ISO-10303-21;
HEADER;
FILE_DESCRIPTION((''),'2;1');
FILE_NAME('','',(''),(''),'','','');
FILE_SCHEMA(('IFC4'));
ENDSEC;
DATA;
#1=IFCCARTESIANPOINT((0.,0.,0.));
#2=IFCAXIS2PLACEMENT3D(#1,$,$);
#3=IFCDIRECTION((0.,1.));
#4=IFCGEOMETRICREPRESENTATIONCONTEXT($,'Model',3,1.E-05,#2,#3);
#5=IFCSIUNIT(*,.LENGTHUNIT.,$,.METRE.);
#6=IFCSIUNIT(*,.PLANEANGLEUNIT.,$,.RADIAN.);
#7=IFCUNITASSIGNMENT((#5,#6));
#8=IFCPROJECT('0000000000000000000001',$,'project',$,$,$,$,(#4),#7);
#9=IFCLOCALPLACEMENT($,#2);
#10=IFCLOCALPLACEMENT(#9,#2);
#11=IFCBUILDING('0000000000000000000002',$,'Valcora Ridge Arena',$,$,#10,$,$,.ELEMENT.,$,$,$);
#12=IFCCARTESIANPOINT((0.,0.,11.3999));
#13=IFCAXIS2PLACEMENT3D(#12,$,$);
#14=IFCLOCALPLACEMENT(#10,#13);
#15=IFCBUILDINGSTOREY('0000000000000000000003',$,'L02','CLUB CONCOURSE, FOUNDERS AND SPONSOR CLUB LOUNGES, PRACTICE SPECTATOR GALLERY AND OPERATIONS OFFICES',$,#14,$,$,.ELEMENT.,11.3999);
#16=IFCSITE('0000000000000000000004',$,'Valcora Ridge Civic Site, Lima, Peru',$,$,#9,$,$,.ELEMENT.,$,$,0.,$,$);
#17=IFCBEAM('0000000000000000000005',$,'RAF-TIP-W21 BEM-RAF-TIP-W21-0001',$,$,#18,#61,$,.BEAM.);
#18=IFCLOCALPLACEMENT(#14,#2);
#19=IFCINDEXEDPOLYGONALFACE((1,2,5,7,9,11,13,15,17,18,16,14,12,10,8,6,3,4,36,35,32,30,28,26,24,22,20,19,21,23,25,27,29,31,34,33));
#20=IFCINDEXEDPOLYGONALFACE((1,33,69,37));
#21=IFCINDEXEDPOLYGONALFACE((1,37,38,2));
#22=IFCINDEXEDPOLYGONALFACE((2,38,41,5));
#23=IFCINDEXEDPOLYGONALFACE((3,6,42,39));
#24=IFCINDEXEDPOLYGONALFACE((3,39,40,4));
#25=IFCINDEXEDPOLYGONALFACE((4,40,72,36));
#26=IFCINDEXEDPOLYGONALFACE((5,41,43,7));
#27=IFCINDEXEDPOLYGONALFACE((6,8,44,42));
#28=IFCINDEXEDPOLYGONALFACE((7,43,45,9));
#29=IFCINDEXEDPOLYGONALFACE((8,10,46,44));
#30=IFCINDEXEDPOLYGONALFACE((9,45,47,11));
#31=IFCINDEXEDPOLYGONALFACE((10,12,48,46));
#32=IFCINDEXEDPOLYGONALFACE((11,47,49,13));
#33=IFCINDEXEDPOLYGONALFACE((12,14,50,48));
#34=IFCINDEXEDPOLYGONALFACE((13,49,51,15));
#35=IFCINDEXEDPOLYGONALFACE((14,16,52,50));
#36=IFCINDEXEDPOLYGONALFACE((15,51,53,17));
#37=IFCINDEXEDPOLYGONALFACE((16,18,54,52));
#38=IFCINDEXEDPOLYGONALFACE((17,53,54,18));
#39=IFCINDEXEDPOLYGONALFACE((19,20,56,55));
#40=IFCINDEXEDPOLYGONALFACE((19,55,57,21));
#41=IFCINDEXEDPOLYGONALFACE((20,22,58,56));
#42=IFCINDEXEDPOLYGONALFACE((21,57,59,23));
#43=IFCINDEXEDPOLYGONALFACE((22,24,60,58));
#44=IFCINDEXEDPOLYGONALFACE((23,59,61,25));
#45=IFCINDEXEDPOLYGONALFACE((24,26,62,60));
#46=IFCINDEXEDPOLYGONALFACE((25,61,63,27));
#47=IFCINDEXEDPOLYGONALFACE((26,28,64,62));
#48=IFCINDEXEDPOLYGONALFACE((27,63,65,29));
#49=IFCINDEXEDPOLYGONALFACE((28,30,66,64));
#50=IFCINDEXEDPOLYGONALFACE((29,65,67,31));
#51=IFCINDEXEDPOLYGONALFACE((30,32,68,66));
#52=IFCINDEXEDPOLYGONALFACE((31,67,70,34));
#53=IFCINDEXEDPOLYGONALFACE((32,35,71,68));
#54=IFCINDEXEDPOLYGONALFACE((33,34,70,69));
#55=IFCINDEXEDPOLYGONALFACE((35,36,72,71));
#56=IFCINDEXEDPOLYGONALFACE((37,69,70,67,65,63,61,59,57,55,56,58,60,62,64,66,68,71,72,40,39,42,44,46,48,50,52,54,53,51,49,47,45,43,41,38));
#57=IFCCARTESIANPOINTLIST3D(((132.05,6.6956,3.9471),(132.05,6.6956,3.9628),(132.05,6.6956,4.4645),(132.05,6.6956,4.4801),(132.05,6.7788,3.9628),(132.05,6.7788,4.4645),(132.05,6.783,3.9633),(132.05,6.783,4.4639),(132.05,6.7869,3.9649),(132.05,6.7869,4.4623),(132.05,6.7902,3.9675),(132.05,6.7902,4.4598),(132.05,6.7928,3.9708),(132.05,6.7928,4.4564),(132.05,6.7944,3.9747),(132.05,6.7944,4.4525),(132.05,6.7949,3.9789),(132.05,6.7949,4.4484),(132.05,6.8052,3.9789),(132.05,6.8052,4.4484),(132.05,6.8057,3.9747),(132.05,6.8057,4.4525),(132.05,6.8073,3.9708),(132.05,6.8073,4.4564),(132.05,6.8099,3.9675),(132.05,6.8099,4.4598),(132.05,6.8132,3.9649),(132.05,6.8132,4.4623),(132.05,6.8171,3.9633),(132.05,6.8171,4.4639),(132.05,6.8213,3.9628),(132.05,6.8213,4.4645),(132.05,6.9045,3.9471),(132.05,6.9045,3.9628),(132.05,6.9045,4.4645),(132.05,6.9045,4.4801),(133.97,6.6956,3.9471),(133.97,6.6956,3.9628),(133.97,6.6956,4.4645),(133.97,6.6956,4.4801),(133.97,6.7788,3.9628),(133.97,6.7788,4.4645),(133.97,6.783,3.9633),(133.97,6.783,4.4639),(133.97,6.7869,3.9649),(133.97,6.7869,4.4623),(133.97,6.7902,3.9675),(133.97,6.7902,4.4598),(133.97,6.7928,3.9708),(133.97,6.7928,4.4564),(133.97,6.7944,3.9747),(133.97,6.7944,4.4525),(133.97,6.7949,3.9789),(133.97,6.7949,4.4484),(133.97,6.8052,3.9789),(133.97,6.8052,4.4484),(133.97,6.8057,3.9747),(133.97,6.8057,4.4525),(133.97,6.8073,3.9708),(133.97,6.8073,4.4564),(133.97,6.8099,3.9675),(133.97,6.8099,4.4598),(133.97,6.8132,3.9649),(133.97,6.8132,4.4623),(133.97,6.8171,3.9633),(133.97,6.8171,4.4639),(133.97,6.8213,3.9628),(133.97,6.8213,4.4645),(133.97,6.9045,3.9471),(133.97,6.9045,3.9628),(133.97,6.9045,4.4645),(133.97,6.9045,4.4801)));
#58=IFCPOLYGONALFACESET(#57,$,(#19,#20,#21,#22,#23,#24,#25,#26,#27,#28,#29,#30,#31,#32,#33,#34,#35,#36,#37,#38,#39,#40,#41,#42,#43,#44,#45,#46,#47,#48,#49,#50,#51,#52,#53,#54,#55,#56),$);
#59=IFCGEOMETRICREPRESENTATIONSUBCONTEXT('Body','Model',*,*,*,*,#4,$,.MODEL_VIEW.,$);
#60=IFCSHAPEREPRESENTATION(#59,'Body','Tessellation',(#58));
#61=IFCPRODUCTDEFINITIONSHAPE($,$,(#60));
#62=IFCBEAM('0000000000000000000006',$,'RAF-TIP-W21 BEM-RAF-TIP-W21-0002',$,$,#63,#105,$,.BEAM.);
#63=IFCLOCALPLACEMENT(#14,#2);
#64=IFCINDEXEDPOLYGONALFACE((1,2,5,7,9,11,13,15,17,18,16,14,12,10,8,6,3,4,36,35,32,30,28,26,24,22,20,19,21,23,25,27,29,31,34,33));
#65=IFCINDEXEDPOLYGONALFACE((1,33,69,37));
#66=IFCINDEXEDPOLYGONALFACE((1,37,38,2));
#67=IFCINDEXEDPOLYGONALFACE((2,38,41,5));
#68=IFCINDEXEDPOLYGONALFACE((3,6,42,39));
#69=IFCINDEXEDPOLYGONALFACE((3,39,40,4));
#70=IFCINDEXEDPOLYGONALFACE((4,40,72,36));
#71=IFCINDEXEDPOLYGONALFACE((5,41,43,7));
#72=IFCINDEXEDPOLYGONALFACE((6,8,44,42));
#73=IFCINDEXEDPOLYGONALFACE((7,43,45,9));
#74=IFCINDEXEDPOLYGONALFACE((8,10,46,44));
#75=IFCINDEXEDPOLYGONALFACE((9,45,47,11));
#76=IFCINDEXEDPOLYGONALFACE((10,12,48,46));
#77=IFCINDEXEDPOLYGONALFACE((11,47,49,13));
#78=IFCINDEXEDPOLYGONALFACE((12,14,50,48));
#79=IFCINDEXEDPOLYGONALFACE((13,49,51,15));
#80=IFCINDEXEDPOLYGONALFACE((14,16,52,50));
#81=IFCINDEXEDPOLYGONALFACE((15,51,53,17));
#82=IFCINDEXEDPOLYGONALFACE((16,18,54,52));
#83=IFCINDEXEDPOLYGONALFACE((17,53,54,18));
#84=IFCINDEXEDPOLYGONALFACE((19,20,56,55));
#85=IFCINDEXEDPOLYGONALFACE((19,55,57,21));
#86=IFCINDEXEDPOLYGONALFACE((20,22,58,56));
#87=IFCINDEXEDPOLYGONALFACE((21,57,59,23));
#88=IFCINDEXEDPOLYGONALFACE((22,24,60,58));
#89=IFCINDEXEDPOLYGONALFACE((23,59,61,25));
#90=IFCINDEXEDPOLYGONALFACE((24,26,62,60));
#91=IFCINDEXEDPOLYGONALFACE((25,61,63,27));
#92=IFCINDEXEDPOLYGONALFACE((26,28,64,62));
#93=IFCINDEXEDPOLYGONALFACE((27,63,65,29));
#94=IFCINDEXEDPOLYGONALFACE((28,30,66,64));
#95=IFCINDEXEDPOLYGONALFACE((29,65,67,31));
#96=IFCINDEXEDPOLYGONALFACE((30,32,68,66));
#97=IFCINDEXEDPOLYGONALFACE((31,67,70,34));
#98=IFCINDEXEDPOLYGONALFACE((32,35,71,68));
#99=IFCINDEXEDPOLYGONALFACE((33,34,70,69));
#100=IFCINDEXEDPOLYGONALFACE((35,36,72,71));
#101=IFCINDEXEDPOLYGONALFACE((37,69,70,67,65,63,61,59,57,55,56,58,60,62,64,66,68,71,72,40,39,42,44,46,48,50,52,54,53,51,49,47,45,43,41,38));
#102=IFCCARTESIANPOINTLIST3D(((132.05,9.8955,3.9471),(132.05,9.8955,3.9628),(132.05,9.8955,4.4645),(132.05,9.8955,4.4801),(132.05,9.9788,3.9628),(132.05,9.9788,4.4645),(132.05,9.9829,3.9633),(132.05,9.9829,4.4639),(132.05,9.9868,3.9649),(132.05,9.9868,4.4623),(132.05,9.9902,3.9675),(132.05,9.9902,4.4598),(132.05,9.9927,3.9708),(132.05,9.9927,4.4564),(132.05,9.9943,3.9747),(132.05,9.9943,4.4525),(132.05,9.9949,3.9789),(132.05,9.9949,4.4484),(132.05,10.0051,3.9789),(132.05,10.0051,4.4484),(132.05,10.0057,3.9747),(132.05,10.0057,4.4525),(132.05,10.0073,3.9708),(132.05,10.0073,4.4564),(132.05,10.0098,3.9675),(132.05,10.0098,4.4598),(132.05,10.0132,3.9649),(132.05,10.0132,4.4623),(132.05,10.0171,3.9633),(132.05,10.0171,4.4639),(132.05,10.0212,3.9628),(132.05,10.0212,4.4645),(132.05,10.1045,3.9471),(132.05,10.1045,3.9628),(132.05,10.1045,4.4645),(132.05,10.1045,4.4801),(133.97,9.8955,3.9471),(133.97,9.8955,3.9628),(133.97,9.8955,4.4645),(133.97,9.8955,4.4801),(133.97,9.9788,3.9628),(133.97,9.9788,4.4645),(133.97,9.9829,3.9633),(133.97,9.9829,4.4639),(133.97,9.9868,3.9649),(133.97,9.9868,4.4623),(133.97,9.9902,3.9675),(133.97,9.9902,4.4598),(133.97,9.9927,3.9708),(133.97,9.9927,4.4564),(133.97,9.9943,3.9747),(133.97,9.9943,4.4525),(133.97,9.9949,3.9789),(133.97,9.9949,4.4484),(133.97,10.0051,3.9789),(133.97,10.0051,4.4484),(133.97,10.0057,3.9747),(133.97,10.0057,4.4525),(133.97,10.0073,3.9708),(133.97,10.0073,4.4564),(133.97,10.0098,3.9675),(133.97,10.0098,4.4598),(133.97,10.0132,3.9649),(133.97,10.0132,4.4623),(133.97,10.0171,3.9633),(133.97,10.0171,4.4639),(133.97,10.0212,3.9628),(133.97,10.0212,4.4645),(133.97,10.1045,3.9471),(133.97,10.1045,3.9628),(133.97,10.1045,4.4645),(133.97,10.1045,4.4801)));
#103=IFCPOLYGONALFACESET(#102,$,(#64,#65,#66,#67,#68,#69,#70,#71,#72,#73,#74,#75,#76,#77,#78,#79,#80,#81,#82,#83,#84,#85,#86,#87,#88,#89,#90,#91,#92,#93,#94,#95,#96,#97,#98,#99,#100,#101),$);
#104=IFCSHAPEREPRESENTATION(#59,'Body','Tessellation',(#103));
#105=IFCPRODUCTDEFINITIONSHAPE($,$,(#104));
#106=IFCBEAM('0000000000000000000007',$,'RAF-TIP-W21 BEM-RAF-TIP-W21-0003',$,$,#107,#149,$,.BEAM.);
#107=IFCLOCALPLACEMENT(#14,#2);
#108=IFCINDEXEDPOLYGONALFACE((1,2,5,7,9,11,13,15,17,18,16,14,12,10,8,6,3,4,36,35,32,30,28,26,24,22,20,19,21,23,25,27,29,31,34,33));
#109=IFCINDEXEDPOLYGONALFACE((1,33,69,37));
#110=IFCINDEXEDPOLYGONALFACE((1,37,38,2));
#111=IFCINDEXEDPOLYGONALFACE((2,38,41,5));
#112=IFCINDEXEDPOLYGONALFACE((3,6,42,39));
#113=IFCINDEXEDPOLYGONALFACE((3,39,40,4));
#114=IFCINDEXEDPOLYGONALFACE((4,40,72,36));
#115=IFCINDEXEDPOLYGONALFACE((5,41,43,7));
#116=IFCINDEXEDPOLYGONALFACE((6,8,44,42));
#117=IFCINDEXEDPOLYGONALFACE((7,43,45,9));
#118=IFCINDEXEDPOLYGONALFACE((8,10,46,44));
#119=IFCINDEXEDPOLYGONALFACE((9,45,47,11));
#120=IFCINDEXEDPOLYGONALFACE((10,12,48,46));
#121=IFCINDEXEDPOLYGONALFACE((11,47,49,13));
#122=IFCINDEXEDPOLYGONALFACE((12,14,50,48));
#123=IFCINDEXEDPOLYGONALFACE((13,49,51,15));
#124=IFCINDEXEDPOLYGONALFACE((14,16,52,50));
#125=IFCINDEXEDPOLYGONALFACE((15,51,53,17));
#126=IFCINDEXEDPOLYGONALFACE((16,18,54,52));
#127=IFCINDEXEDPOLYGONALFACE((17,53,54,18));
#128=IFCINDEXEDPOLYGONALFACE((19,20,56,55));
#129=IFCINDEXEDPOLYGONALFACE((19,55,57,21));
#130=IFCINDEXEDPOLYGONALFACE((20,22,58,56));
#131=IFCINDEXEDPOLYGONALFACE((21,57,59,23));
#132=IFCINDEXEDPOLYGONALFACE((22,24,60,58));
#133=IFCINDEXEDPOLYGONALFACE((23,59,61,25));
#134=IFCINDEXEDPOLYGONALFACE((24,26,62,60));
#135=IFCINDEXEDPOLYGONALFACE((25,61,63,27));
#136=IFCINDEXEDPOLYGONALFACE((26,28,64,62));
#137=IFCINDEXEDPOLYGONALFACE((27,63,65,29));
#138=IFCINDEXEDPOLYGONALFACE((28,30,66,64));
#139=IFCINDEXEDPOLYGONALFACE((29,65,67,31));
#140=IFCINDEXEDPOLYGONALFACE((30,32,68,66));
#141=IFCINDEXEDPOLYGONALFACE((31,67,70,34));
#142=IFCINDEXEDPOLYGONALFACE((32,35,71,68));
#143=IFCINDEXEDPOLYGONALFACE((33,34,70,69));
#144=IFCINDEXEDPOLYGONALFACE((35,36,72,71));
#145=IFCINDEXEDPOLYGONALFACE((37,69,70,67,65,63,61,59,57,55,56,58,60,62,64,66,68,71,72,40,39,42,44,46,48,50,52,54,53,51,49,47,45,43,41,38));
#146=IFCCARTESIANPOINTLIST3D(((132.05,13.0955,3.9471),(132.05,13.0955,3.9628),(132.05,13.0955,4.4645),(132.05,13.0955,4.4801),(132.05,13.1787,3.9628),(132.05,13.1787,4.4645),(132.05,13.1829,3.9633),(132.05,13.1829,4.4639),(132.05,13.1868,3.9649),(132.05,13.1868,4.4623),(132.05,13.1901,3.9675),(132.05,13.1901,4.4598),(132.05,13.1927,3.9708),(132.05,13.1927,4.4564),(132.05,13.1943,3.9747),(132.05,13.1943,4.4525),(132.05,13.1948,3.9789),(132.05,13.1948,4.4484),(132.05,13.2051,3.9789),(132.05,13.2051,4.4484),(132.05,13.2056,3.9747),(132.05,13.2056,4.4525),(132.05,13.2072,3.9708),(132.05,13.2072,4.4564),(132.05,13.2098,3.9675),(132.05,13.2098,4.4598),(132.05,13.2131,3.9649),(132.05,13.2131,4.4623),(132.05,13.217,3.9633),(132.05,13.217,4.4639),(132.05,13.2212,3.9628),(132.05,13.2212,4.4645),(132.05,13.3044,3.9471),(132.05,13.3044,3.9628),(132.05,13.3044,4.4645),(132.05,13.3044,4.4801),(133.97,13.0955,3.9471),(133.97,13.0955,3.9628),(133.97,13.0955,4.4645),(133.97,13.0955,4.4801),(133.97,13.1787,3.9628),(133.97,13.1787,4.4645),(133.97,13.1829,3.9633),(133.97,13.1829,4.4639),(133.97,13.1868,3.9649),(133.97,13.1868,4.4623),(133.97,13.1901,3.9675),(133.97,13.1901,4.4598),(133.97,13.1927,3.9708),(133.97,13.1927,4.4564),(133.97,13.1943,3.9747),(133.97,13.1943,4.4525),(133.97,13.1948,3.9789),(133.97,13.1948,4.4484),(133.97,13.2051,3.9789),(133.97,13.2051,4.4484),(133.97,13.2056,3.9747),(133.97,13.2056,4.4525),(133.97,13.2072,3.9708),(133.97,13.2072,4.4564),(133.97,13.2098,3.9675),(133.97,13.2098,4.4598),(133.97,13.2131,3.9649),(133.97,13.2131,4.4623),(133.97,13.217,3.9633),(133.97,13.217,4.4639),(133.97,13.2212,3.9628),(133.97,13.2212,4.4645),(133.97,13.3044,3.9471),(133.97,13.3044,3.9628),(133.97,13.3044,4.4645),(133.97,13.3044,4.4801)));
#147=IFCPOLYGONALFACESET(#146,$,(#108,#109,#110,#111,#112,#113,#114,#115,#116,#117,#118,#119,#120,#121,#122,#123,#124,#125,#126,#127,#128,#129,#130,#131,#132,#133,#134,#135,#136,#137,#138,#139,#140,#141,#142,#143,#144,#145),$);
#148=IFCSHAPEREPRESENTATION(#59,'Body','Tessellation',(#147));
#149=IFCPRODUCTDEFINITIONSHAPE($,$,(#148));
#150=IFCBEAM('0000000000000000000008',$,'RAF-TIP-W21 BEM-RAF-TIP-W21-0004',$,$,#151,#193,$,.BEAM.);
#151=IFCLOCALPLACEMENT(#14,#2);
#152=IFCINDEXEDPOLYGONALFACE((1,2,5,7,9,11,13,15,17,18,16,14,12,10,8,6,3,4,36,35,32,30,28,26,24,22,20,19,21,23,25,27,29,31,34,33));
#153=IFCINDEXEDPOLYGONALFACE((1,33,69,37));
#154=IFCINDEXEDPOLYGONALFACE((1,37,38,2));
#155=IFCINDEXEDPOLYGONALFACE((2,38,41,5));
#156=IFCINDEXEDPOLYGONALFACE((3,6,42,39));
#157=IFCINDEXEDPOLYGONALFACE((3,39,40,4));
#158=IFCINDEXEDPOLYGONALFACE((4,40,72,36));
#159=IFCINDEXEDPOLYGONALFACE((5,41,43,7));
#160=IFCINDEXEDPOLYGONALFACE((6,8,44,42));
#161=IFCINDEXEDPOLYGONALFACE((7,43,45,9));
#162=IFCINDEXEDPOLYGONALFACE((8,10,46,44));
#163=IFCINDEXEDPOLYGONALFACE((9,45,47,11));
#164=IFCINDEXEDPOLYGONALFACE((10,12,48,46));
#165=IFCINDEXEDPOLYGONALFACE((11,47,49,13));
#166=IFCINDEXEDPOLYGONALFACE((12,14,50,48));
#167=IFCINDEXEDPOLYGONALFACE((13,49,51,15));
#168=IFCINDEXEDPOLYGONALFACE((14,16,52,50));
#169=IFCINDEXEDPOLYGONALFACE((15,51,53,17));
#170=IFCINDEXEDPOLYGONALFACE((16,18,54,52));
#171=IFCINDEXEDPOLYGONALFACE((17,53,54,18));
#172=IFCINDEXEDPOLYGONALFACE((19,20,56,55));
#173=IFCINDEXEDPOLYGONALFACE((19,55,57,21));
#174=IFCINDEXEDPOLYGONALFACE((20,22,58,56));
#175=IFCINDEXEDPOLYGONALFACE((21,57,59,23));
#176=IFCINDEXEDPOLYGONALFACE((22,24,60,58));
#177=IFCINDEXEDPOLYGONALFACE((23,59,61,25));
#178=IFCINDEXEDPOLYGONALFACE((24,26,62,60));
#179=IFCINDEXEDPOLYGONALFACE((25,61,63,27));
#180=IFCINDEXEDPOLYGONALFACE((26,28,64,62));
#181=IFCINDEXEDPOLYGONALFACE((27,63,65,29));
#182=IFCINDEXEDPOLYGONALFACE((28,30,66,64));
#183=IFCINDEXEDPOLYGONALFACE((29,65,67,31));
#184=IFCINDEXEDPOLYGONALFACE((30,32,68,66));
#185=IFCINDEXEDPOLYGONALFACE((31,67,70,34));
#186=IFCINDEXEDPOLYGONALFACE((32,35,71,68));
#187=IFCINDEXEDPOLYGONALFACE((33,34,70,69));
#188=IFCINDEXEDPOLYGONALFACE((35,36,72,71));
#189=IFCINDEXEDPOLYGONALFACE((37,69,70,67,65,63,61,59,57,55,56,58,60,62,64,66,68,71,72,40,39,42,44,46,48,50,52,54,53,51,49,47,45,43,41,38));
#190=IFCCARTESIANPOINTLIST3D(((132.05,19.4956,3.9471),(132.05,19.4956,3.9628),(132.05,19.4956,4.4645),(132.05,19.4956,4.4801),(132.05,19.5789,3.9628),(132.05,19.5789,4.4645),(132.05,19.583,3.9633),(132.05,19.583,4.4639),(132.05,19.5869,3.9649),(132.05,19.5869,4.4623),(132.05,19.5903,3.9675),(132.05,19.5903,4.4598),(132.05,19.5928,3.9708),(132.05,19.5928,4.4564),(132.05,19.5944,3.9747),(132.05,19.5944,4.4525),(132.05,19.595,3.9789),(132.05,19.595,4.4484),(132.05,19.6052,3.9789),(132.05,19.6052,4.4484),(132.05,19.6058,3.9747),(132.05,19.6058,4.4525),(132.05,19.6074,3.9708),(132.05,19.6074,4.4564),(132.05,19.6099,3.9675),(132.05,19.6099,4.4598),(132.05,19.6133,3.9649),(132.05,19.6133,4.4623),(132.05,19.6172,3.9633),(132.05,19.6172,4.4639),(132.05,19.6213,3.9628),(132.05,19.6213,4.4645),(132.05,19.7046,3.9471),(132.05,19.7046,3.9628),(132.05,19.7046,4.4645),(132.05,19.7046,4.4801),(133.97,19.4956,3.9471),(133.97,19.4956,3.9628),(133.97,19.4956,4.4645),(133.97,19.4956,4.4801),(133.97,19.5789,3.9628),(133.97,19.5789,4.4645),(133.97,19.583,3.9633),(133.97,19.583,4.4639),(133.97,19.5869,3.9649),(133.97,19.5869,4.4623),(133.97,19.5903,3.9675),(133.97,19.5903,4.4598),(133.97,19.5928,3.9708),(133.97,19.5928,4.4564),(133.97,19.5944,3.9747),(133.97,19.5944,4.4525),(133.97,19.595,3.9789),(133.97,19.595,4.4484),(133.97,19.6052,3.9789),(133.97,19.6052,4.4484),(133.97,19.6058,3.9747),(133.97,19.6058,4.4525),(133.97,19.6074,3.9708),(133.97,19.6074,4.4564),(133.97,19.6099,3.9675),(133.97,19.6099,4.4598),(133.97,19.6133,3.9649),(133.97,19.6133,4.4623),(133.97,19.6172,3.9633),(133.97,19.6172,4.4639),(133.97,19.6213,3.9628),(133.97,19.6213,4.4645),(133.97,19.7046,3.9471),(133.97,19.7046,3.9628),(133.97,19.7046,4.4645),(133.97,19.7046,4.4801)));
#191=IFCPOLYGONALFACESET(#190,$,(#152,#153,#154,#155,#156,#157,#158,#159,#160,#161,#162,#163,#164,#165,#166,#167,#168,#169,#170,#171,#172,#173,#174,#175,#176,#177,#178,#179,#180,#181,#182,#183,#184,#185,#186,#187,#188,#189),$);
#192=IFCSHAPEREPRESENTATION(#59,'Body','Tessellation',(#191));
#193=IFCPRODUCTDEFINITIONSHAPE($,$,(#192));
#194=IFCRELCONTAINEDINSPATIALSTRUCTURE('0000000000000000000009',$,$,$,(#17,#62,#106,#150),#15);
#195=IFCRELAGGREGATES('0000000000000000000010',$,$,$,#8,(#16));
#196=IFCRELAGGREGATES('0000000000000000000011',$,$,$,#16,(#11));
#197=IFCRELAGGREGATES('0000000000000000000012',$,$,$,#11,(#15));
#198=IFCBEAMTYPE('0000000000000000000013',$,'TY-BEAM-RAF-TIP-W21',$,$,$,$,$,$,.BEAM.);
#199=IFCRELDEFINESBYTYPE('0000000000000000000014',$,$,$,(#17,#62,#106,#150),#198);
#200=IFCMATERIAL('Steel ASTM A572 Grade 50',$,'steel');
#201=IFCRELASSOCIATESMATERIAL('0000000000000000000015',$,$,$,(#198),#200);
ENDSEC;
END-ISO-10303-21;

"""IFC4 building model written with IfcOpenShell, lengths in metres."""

from ifc_helpers import new_model, si_unit, direction, frame, origin, origin_2d, place, context, subcontext, project, spatial, i_section, extrude, material, material_profile, profile_set, type_object, element, save


model = new_model("IFC4")

# Units and contexts
model_context = context("Model", 3, precision=1e-05, world=origin(), true_north=direction((0.0, 1.0)))
body_context = subcontext(model_context, "Body", "Model", "MODEL_VIEW")
ifc_project = project(units=[si_unit("LENGTHUNIT", "METRE"), si_unit("PLANEANGLEUNIT", "RADIAN")], contexts=[model_context])

# Site, building, storey
site_placement = place(None, origin())
site = spatial("IfcSite", under=ifc_project, at=site_placement, Name="Valcora Ridge Civic Site, Lima, Peru", CompositionType="ELEMENT", RefElevation=0.0)
building_placement = place(site_placement, origin())
building = spatial("IfcBuilding", under=site, at=building_placement, Name="Valcora Ridge Arena", CompositionType="ELEMENT")
storey_placement = place(building_placement, frame((0.0, 0.0, 11.3999)))
storey = spatial("IfcBuildingStorey", under=building, at=storey_placement, Name="L02", Description="CLUB CONCOURSE, FOUNDERS AND SPONSOR CLUB LOUNGES, PRACTICE SPECTATOR GALLERY AND OPERATIONS OFFICES", CompositionType="ELEMENT", Elevation=11.3999)

# Beams
ifc_material_1 = material(Name="Steel ASTM A572 Grade 50", Category="steel")
ifc_material_profile_1 = material_profile(ifc_material_1, i_section(OverallWidth=0.209, OverallDepth=0.533, WebThickness=0.0103, FlangeThickness=0.0156, FilletRadius=0.0161, at=origin_2d()), Name="W21X62")
ifc_profile_set_1 = profile_set([ifc_material_profile_1], Name="Steel ASTM A572 Grade 50")
beam_type = type_object("IfcBeamType", Name="TY-BEAM-RAF-TIP-W21", PredefinedType="BEAM", material=ifc_profile_set_1)
for number, where, z_axis, x_axis, name in (
    (1, (132.05, 6.8, 4.2136), (1.0, 0.0, 0.0), (0.0, 1.0, 0.0), "RAF-TIP-W21 BEM-RAF-TIP-W21-0001"),
    (2, (132.05, 10.0, 4.2136), (1.0, 0.0, 0.0), (0.0, 1.0, 0.0), "RAF-TIP-W21 BEM-RAF-TIP-W21-0002"),
    (3, (132.05, 13.2, 4.2136), (1.0, 0.0, 0.0), (0.0, 1.0, 0.0), "RAF-TIP-W21 BEM-RAF-TIP-W21-0003"),
    (4, (132.05, 19.6001, 4.2136), (1.0, 0.0, 0.0), (0.0, 1.0, 0.0), "RAF-TIP-W21 BEM-RAF-TIP-W21-0004"),
):
    element("IfcBeam", number, at=place(storey_placement, frame(where, z_axis=z_axis, x_axis=x_axis)), inside=storey, type_object=beam_type, Name=name, PredefinedType="BEAM", context=body_context, shape_type="SweptSolid", body=[
        extrude(i_section(OverallWidth=0.209, OverallDepth=0.533, WebThickness=0.0103, FlangeThickness=0.0156, FilletRadius=0.0161, at=origin_2d()), origin(), (0.0, 0.0, 1.0), 1.9199),
    ])

save(model, "model.ifc")
